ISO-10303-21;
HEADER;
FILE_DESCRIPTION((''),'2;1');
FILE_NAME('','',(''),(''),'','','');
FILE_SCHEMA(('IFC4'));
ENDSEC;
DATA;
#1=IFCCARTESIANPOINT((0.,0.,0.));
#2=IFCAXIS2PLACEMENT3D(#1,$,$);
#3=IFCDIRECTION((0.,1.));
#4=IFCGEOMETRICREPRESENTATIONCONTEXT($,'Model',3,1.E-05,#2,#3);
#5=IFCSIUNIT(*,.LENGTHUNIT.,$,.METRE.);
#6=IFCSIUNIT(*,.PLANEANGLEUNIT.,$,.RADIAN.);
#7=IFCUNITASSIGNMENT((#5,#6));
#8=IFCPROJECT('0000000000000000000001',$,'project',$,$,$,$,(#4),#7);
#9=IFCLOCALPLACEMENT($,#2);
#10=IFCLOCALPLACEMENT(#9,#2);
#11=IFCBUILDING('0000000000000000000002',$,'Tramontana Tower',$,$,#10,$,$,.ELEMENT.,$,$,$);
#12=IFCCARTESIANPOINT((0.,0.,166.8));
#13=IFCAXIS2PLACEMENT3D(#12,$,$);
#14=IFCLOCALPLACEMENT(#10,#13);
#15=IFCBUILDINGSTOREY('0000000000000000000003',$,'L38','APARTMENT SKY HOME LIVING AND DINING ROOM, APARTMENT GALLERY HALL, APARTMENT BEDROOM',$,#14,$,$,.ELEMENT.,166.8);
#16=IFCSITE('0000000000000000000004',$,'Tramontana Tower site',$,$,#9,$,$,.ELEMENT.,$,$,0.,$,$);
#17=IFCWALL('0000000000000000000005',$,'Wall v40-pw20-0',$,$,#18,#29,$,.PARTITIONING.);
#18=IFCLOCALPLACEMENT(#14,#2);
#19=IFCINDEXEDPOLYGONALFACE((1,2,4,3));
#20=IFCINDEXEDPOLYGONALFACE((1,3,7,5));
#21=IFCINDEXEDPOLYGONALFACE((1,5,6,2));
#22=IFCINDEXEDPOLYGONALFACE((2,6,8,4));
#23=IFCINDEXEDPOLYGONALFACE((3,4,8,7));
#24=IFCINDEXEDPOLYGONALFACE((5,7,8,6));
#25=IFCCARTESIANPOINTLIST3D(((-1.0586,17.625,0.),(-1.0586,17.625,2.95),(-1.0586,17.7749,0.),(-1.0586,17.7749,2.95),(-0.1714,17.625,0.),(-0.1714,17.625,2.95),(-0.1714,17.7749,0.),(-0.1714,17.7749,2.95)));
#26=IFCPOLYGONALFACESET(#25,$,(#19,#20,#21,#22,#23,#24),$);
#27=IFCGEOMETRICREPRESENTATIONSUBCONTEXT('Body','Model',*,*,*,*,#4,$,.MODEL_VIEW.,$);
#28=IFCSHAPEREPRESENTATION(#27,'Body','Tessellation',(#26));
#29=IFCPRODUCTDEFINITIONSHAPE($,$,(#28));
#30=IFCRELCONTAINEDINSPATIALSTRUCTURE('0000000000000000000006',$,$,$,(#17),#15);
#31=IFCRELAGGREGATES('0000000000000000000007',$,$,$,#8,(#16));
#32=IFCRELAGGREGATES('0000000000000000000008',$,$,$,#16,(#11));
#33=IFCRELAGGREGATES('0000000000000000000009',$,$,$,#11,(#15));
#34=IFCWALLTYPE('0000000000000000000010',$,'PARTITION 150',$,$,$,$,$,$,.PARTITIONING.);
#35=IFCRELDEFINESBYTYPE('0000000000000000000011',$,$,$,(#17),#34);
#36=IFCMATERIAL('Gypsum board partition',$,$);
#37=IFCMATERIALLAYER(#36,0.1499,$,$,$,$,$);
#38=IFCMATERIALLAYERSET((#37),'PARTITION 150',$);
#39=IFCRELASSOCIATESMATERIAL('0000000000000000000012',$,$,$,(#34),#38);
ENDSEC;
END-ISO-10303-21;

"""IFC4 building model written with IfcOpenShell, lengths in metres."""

from ifc_helpers import new_model, si_unit, direction, frame, frame_2d, origin, place, context, subcontext, project, spatial, rectangle, extrude, material, layer, layer_set, type_object, element, save


model = new_model("IFC4")

# Units and contexts
model_context = context("Model", 3, precision=1e-05, world=origin(), true_north=direction((0.0, 1.0)))
body_context = subcontext(model_context, "Body", "Model", "MODEL_VIEW")
ifc_project = project(units=[si_unit("LENGTHUNIT", "METRE"), si_unit("PLANEANGLEUNIT", "RADIAN")], contexts=[model_context])

# Site, building, storey
site_placement = place(None, origin())
site = spatial("IfcSite", under=ifc_project, at=site_placement, Name="Tramontana Tower site", CompositionType="ELEMENT", RefElevation=0.0)
building_placement = place(site_placement, origin())
building = spatial("IfcBuilding", under=site, at=building_placement, Name="Tramontana Tower", CompositionType="ELEMENT")
storey_placement = place(building_placement, frame((0.0, 0.0, 166.8)))
storey = spatial("IfcBuildingStorey", under=building, at=storey_placement, Name="L38", Description="APARTMENT SKY HOME LIVING AND DINING ROOM, APARTMENT GALLERY HALL, APARTMENT BEDROOM", CompositionType="ELEMENT", Elevation=166.8)

# Shared definitions
ifc_material_1 = material(Name="Gypsum board partition")
ifc_layer_1 = layer(ifc_material_1, 0.1499)
ifc_layer_set_1 = layer_set([ifc_layer_1], Name="PARTITION 150")
wall_type_1 = type_object("IfcWallType", Name="PARTITION 150", PredefinedType="PARTITIONING", material=ifc_layer_set_1)

# Wall
wall_1_placement = place(storey_placement, frame((-1.0586, 17.7, 0.0), z_axis=(0.0, 0.0, 1.0), x_axis=(1.0, 0.0, 0.0)))
element("IfcWall", 1, at=wall_1_placement, inside=storey, type_object=wall_type_1, Name="Wall v40-pw20-0", PredefinedType="PARTITIONING", context=body_context, shape_type="SweptSolid", body=[
    extrude(rectangle(XDim=0.8872, YDim=0.1499, at=frame_2d((0.4436, 0.0))), origin(), (0.0, 0.0, 1.0), 2.95),
])

save(model, "model.ifc")
